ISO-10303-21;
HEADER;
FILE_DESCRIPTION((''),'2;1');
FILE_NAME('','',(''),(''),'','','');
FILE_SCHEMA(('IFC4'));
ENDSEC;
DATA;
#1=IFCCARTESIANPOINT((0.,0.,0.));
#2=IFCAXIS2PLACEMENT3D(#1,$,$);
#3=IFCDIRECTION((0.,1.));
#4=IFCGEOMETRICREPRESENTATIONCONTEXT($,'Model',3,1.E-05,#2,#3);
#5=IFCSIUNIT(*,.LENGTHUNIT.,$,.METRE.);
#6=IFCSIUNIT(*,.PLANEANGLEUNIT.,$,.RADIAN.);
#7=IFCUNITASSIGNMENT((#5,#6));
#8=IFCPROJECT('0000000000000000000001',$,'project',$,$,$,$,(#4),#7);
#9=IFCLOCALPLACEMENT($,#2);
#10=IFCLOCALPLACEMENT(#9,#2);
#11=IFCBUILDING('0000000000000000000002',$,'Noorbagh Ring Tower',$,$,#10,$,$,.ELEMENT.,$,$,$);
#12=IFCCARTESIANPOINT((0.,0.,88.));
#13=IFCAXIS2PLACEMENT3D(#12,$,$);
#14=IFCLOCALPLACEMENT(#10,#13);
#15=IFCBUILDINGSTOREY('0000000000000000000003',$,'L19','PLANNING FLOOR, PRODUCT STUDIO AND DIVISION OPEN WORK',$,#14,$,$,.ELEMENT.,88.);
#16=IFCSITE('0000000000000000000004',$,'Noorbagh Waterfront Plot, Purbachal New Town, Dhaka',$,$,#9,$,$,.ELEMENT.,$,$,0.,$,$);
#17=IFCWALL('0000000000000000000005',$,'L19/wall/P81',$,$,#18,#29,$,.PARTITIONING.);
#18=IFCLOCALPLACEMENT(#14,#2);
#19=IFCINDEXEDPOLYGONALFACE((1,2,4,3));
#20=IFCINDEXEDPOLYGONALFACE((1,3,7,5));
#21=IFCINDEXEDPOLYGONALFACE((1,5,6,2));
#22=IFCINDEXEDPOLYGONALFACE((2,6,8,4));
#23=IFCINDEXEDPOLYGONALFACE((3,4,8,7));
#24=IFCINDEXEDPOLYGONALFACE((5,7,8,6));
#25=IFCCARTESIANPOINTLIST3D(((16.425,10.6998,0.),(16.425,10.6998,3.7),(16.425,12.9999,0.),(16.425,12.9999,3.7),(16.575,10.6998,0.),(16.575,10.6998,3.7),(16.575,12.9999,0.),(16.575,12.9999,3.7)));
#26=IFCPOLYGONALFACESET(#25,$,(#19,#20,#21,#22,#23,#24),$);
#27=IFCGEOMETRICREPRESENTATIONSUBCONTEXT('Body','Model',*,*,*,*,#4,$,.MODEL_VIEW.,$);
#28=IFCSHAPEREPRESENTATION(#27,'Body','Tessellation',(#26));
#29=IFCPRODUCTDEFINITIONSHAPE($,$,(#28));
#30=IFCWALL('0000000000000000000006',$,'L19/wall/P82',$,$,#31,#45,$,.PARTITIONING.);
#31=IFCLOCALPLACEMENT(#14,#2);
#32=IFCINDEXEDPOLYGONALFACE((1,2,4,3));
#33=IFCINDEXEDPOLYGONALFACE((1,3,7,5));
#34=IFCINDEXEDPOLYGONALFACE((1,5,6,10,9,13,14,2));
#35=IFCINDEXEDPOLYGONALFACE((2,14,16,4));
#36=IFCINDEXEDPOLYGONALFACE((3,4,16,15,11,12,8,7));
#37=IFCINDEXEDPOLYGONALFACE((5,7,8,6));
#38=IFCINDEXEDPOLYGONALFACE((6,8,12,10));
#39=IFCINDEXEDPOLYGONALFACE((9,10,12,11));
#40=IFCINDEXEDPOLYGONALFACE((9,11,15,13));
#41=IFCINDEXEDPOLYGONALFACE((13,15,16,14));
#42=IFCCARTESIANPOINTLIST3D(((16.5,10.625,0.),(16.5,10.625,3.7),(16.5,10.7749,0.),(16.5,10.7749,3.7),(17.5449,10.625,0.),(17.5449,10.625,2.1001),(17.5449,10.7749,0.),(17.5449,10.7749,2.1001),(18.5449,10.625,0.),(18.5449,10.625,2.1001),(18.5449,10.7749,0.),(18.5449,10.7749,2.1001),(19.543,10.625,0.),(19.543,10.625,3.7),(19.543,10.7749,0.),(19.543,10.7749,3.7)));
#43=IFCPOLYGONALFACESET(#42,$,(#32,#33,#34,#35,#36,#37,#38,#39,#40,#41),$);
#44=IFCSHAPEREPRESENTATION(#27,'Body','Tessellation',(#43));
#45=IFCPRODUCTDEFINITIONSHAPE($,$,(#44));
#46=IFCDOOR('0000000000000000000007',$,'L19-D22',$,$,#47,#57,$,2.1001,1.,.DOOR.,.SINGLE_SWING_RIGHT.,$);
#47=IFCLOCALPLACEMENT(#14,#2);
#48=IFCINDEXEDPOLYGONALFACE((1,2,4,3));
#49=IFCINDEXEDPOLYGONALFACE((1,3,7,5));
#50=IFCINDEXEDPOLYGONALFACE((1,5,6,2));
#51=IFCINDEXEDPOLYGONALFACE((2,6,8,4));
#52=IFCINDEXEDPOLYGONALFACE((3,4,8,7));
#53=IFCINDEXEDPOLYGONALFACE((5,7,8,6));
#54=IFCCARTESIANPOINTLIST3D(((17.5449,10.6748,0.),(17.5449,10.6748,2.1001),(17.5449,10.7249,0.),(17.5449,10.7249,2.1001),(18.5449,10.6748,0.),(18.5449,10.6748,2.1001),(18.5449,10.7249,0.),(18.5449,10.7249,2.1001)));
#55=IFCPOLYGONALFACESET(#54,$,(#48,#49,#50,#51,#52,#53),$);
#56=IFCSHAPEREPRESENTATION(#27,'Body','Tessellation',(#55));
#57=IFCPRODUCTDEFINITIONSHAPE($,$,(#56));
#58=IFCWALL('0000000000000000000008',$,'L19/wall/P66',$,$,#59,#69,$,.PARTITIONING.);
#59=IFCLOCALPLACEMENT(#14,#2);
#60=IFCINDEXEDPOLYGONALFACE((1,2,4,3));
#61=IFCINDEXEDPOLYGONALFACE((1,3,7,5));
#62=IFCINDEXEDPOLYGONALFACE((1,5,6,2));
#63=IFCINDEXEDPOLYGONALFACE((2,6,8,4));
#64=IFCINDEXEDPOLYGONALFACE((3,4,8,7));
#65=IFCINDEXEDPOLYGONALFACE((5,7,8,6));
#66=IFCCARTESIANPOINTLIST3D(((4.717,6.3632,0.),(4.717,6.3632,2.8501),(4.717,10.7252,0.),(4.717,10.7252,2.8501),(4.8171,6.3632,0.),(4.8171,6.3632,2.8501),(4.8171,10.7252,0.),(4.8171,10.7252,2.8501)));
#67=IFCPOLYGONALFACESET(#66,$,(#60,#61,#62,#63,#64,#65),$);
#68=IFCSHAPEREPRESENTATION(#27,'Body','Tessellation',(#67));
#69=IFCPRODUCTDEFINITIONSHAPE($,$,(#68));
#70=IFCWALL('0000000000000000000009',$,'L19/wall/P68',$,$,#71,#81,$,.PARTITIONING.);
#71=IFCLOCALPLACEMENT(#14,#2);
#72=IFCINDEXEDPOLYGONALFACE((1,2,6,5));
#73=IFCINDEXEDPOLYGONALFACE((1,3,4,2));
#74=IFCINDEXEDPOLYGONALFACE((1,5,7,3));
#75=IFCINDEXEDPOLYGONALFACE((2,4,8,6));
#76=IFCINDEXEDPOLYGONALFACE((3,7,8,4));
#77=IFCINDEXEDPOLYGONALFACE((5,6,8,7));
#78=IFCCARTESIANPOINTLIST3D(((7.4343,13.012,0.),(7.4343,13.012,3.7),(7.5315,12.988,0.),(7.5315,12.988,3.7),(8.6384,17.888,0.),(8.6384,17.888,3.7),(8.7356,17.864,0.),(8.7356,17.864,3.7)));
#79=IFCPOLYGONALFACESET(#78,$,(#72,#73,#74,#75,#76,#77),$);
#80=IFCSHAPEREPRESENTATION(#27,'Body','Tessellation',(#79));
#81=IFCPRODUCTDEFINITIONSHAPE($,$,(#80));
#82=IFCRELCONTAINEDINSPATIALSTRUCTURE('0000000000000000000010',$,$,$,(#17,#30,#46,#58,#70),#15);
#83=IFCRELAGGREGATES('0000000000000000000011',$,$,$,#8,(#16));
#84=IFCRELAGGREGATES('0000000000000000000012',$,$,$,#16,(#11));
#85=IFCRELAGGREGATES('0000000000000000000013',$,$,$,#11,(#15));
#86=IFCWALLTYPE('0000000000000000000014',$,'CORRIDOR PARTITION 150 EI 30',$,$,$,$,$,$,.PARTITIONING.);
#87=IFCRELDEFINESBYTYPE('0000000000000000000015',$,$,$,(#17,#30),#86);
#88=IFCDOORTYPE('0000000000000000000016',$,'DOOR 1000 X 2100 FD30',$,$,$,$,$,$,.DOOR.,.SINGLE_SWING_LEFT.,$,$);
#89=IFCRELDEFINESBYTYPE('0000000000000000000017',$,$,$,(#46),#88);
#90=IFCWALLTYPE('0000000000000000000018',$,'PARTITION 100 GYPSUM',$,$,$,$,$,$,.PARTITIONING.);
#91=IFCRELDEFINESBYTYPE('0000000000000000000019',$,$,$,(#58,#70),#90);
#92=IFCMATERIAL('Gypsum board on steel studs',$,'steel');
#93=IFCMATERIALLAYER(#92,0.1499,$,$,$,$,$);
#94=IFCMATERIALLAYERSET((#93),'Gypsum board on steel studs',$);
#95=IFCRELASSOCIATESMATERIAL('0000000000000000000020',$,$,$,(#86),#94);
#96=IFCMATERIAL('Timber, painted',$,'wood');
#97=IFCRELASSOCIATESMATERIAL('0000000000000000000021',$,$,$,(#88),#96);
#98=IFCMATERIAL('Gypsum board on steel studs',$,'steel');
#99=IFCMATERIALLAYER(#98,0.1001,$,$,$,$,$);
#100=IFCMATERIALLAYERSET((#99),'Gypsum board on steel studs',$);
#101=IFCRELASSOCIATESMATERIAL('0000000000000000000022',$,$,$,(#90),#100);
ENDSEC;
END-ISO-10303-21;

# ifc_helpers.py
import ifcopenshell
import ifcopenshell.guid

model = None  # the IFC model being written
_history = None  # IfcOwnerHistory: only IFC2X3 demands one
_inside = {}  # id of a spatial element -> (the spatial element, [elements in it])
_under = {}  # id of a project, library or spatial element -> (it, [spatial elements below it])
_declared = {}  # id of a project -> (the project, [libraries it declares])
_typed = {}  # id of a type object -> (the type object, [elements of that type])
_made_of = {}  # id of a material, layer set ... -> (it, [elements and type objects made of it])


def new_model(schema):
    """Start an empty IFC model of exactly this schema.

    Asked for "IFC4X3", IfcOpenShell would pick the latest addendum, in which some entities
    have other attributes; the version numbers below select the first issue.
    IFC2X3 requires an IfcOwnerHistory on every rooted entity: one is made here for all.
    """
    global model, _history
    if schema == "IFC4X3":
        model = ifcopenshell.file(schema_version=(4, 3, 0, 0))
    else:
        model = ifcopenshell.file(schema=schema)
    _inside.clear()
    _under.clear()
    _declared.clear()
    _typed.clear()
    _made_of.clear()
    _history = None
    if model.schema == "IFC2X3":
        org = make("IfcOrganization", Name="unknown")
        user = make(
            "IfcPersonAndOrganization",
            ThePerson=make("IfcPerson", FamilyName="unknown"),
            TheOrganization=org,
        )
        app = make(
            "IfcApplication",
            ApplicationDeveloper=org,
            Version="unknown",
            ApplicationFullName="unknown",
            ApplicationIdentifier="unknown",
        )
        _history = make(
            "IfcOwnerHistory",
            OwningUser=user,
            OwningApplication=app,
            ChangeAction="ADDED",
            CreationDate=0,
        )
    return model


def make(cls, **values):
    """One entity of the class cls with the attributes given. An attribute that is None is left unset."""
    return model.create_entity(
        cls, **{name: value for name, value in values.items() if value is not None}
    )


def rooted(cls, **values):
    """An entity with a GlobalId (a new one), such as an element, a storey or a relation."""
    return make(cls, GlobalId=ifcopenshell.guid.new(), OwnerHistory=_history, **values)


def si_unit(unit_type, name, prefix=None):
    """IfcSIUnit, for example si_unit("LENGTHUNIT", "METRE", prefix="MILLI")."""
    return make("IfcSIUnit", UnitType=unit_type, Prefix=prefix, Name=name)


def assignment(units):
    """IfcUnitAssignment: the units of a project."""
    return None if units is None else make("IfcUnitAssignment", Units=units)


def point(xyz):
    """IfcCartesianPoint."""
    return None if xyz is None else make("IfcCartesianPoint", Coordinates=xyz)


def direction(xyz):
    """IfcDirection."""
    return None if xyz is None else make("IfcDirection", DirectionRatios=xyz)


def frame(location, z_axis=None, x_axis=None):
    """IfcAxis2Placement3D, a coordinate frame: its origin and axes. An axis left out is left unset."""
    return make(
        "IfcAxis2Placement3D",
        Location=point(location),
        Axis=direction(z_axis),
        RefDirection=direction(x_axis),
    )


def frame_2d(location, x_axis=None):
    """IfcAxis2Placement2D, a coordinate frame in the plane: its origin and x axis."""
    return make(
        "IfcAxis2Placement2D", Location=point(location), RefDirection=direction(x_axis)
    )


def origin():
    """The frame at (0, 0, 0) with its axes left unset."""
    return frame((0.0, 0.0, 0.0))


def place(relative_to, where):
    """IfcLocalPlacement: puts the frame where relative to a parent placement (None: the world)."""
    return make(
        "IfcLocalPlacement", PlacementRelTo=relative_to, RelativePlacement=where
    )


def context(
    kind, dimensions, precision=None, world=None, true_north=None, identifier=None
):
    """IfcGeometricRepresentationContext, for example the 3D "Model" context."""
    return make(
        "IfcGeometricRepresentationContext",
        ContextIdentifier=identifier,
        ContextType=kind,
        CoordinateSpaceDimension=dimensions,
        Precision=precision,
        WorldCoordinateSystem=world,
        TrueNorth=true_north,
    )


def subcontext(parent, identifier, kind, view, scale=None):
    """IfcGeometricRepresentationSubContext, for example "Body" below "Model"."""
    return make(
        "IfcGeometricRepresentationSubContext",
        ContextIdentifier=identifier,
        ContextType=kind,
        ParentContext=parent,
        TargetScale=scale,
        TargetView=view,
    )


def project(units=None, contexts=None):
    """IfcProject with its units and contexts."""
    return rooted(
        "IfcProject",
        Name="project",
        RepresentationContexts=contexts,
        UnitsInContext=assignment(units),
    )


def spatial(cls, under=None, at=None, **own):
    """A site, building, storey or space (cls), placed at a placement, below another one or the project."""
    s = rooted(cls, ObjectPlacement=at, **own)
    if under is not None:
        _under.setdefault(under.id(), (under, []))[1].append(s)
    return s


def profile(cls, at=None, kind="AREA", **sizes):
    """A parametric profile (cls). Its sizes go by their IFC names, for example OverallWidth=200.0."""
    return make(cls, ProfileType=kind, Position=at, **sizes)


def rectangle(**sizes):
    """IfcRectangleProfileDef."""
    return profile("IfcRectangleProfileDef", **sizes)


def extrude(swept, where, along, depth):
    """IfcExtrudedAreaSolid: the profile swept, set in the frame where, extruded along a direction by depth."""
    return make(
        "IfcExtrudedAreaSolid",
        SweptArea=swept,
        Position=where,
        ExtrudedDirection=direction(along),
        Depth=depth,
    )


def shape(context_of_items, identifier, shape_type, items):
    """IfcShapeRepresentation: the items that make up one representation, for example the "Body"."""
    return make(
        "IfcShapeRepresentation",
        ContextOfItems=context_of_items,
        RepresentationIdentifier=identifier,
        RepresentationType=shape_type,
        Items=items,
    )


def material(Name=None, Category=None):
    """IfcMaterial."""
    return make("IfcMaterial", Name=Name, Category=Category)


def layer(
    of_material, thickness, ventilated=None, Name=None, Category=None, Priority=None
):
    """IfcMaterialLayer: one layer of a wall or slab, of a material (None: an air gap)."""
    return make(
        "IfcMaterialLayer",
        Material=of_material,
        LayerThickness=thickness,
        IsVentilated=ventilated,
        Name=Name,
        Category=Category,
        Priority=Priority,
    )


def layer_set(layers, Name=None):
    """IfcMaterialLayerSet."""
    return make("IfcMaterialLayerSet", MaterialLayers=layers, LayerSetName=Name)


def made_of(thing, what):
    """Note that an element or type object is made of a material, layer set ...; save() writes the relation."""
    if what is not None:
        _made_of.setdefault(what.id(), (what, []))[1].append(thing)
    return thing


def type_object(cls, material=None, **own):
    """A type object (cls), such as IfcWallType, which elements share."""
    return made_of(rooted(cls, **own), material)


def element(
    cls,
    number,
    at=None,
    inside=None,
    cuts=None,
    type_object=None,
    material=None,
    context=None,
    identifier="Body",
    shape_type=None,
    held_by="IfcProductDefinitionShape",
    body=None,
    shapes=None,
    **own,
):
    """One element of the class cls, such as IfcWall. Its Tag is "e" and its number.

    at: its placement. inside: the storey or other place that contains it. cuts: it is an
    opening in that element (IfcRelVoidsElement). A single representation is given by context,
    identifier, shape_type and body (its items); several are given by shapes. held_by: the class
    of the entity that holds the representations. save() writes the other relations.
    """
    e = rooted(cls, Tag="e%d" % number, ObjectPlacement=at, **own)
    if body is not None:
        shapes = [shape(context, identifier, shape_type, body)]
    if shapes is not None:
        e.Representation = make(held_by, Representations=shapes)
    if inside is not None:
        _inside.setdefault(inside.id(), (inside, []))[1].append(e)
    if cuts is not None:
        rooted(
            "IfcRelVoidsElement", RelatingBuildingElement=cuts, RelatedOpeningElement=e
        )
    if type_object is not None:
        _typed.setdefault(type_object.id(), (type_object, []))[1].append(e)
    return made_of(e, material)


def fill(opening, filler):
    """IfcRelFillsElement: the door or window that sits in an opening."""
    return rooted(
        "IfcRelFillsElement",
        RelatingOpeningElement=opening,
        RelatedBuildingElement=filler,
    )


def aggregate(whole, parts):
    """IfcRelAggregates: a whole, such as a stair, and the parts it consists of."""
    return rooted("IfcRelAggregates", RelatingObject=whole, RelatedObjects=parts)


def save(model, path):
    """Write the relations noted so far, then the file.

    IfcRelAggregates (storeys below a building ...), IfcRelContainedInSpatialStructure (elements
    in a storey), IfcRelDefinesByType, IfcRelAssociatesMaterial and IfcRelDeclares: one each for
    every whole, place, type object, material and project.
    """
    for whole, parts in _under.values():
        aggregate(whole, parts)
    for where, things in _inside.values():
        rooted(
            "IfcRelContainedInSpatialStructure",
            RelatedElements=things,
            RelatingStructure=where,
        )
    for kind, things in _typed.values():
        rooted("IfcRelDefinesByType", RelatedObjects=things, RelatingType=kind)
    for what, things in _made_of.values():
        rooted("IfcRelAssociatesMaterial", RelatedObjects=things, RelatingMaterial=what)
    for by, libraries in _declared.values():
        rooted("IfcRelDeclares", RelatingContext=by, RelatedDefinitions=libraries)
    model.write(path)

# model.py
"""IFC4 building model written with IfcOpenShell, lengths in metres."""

from ifc_helpers import new_model, si_unit, direction, frame, frame_2d, origin, place, context, subcontext, project, spatial, rectangle, extrude, material, layer, layer_set, type_object, element, fill, save


model = new_model("IFC4")

# Units and contexts
model_context = context("Model", 3, precision=1e-05, world=origin(), true_north=direction((0.0, 1.0)))
body_context = subcontext(model_context, "Body", "Model", "MODEL_VIEW")
ifc_project = project(units=[si_unit("LENGTHUNIT", "METRE"), si_unit("PLANEANGLEUNIT", "RADIAN")], contexts=[model_context])

# Site, building, storey
site_placement = place(None, origin())
site = spatial("IfcSite", under=ifc_project, at=site_placement, Name="Noorbagh Waterfront Plot, Purbachal New Town, Dhaka", CompositionType="ELEMENT", RefElevation=0.0)
building_placement = place(site_placement, origin())
building = spatial("IfcBuilding", under=site, at=building_placement, Name="Noorbagh Ring Tower", CompositionType="ELEMENT")
storey_placement = place(building_placement, frame((0.0, 0.0, 88.0)))
storey = spatial("IfcBuildingStorey", under=building, at=storey_placement, Name="L19", Description="PLANNING FLOOR, PRODUCT STUDIO AND DIVISION OPEN WORK", CompositionType="ELEMENT", Elevation=88.0)

# Shared definitions
ifc_material_1 = material(Name="Gypsum board on steel studs", Category="steel")
ifc_layer_1 = layer(ifc_material_1, 0.1499)
ifc_layer_set_1 = layer_set([ifc_layer_1], Name="Gypsum board on steel studs")
wall_type_1 = type_object("IfcWallType", Name="CORRIDOR PARTITION 150 EI 30", PredefinedType="PARTITIONING", material=ifc_layer_set_1)
ifc_material_2 = material(Name="Timber, painted", Category="wood")
door_type_1 = type_object("IfcDoorType", Name="DOOR 1000 X 2100 FD30", OperationType="SINGLE_SWING_LEFT", PredefinedType="DOOR", material=ifc_material_2)

# Wall
wall_1_placement = place(storey_placement, frame((16.5, 10.7, 0.0), z_axis=(0.0, 0.0, 1.0), x_axis=(0.0, 1.0, 0.0)))
element("IfcWall", 1, at=wall_1_placement, inside=storey, type_object=wall_type_1, Name="L19/wall/P81", PredefinedType="PARTITIONING", context=body_context, shape_type="SweptSolid", body=[
    extrude(rectangle(XDim=2.3, YDim=0.1499, at=frame_2d((1.1499, 0.0))), origin(), (0.0, 0.0, 1.0), 3.7),
])

# Wall, opening, door
wall_2_placement = place(storey_placement, frame((16.5, 10.7, 0.0), z_axis=(0.0, 0.0, 1.0), x_axis=(1.0, 0.0, 0.0)))
wall_2 = element("IfcWall", 2, at=wall_2_placement, inside=storey, type_object=wall_type_1, Name="L19/wall/P82", PredefinedType="PARTITIONING", context=body_context, shape_type="SweptSolid", body=[
    extrude(rectangle(XDim=3.043, YDim=0.1499, at=frame_2d((1.5215, 0.0))), origin(), (0.0, 0.0, 1.0), 3.7),
])
opening_1_placement = place(wall_2_placement, frame((1.0449, 0.0, 0.0)))
opening_1 = element("IfcOpeningElement", 3, at=opening_1_placement, cuts=wall_2, PredefinedType="OPENING", context=body_context, shape_type="SweptSolid", body=[
    extrude(rectangle(XDim=1.0, YDim=2.1001, at=frame_2d((0.5, 1.05))), frame((0.0, 0.085, 0.0), z_axis=(0.0, -1.0, 0.0), x_axis=(1.0, 0.0, 0.0)), (0.0, 0.0, 1.0), 0.1699),
])
door_1_placement = place(opening_1_placement, origin())
door_1 = element("IfcDoor", 4, at=door_1_placement, inside=storey, type_object=door_type_1, Name="L19-D22", OperationType="SINGLE_SWING_RIGHT", OverallHeight=2.1001, OverallWidth=1.0, PredefinedType="DOOR", context=body_context, shape_type="SweptSolid", body=[
    extrude(rectangle(XDim=1.0, YDim=2.1001, at=frame_2d((0.5, 1.05))), frame((0.0, 0.0249, 0.0), z_axis=(0.0, -1.0, 0.0), x_axis=(1.0, 0.0, 0.0)), (0.0, 0.0, 1.0), 0.05),
])
fill(opening_1, door_1)

# Walls
ifc_material_3 = material(Name="Gypsum board on steel studs", Category="steel")
ifc_layer_2 = layer(ifc_material_3, 0.1001)
ifc_layer_set_2 = layer_set([ifc_layer_2], Name="Gypsum board on steel studs")
wall_type_2 = type_object("IfcWallType", Name="PARTITION 100 GYPSUM", PredefinedType="PARTITIONING", material=ifc_layer_set_2)
wall_3_placement = place(storey_placement, frame((4.7671, 6.363, 0.0), z_axis=(0.0, 0.0, 1.0), x_axis=(0.0, 1.0, 0.0)))
element("IfcWall", 5, at=wall_3_placement, inside=storey, type_object=wall_type_2, Name="L19/wall/P66", PredefinedType="PARTITIONING", context=body_context, shape_type="SweptSolid", body=[
    extrude(rectangle(XDim=4.3621, YDim=0.1001, at=frame_2d((2.1812, 0.0))), origin(), (0.0, 0.0, 1.0), 2.8501),
])
wall_4_placement = place(storey_placement, frame((7.4829, 13.0, 0.0), z_axis=(0.0, 0.0, 1.0), x_axis=(0.239744, 0.970836, 0.0)))
element("IfcWall", 6, at=wall_4_placement, inside=storey, type_object=wall_type_2, Name="L19/wall/P68", PredefinedType="PARTITIONING", context=body_context, shape_type="SweptSolid", body=[
    extrude(rectangle(XDim=5.0225, YDim=0.1001, at=frame_2d((2.5112, 0.0))), origin(), (0.0, 0.0, 1.0), 3.7),
])

save(model, "model.ifc")
